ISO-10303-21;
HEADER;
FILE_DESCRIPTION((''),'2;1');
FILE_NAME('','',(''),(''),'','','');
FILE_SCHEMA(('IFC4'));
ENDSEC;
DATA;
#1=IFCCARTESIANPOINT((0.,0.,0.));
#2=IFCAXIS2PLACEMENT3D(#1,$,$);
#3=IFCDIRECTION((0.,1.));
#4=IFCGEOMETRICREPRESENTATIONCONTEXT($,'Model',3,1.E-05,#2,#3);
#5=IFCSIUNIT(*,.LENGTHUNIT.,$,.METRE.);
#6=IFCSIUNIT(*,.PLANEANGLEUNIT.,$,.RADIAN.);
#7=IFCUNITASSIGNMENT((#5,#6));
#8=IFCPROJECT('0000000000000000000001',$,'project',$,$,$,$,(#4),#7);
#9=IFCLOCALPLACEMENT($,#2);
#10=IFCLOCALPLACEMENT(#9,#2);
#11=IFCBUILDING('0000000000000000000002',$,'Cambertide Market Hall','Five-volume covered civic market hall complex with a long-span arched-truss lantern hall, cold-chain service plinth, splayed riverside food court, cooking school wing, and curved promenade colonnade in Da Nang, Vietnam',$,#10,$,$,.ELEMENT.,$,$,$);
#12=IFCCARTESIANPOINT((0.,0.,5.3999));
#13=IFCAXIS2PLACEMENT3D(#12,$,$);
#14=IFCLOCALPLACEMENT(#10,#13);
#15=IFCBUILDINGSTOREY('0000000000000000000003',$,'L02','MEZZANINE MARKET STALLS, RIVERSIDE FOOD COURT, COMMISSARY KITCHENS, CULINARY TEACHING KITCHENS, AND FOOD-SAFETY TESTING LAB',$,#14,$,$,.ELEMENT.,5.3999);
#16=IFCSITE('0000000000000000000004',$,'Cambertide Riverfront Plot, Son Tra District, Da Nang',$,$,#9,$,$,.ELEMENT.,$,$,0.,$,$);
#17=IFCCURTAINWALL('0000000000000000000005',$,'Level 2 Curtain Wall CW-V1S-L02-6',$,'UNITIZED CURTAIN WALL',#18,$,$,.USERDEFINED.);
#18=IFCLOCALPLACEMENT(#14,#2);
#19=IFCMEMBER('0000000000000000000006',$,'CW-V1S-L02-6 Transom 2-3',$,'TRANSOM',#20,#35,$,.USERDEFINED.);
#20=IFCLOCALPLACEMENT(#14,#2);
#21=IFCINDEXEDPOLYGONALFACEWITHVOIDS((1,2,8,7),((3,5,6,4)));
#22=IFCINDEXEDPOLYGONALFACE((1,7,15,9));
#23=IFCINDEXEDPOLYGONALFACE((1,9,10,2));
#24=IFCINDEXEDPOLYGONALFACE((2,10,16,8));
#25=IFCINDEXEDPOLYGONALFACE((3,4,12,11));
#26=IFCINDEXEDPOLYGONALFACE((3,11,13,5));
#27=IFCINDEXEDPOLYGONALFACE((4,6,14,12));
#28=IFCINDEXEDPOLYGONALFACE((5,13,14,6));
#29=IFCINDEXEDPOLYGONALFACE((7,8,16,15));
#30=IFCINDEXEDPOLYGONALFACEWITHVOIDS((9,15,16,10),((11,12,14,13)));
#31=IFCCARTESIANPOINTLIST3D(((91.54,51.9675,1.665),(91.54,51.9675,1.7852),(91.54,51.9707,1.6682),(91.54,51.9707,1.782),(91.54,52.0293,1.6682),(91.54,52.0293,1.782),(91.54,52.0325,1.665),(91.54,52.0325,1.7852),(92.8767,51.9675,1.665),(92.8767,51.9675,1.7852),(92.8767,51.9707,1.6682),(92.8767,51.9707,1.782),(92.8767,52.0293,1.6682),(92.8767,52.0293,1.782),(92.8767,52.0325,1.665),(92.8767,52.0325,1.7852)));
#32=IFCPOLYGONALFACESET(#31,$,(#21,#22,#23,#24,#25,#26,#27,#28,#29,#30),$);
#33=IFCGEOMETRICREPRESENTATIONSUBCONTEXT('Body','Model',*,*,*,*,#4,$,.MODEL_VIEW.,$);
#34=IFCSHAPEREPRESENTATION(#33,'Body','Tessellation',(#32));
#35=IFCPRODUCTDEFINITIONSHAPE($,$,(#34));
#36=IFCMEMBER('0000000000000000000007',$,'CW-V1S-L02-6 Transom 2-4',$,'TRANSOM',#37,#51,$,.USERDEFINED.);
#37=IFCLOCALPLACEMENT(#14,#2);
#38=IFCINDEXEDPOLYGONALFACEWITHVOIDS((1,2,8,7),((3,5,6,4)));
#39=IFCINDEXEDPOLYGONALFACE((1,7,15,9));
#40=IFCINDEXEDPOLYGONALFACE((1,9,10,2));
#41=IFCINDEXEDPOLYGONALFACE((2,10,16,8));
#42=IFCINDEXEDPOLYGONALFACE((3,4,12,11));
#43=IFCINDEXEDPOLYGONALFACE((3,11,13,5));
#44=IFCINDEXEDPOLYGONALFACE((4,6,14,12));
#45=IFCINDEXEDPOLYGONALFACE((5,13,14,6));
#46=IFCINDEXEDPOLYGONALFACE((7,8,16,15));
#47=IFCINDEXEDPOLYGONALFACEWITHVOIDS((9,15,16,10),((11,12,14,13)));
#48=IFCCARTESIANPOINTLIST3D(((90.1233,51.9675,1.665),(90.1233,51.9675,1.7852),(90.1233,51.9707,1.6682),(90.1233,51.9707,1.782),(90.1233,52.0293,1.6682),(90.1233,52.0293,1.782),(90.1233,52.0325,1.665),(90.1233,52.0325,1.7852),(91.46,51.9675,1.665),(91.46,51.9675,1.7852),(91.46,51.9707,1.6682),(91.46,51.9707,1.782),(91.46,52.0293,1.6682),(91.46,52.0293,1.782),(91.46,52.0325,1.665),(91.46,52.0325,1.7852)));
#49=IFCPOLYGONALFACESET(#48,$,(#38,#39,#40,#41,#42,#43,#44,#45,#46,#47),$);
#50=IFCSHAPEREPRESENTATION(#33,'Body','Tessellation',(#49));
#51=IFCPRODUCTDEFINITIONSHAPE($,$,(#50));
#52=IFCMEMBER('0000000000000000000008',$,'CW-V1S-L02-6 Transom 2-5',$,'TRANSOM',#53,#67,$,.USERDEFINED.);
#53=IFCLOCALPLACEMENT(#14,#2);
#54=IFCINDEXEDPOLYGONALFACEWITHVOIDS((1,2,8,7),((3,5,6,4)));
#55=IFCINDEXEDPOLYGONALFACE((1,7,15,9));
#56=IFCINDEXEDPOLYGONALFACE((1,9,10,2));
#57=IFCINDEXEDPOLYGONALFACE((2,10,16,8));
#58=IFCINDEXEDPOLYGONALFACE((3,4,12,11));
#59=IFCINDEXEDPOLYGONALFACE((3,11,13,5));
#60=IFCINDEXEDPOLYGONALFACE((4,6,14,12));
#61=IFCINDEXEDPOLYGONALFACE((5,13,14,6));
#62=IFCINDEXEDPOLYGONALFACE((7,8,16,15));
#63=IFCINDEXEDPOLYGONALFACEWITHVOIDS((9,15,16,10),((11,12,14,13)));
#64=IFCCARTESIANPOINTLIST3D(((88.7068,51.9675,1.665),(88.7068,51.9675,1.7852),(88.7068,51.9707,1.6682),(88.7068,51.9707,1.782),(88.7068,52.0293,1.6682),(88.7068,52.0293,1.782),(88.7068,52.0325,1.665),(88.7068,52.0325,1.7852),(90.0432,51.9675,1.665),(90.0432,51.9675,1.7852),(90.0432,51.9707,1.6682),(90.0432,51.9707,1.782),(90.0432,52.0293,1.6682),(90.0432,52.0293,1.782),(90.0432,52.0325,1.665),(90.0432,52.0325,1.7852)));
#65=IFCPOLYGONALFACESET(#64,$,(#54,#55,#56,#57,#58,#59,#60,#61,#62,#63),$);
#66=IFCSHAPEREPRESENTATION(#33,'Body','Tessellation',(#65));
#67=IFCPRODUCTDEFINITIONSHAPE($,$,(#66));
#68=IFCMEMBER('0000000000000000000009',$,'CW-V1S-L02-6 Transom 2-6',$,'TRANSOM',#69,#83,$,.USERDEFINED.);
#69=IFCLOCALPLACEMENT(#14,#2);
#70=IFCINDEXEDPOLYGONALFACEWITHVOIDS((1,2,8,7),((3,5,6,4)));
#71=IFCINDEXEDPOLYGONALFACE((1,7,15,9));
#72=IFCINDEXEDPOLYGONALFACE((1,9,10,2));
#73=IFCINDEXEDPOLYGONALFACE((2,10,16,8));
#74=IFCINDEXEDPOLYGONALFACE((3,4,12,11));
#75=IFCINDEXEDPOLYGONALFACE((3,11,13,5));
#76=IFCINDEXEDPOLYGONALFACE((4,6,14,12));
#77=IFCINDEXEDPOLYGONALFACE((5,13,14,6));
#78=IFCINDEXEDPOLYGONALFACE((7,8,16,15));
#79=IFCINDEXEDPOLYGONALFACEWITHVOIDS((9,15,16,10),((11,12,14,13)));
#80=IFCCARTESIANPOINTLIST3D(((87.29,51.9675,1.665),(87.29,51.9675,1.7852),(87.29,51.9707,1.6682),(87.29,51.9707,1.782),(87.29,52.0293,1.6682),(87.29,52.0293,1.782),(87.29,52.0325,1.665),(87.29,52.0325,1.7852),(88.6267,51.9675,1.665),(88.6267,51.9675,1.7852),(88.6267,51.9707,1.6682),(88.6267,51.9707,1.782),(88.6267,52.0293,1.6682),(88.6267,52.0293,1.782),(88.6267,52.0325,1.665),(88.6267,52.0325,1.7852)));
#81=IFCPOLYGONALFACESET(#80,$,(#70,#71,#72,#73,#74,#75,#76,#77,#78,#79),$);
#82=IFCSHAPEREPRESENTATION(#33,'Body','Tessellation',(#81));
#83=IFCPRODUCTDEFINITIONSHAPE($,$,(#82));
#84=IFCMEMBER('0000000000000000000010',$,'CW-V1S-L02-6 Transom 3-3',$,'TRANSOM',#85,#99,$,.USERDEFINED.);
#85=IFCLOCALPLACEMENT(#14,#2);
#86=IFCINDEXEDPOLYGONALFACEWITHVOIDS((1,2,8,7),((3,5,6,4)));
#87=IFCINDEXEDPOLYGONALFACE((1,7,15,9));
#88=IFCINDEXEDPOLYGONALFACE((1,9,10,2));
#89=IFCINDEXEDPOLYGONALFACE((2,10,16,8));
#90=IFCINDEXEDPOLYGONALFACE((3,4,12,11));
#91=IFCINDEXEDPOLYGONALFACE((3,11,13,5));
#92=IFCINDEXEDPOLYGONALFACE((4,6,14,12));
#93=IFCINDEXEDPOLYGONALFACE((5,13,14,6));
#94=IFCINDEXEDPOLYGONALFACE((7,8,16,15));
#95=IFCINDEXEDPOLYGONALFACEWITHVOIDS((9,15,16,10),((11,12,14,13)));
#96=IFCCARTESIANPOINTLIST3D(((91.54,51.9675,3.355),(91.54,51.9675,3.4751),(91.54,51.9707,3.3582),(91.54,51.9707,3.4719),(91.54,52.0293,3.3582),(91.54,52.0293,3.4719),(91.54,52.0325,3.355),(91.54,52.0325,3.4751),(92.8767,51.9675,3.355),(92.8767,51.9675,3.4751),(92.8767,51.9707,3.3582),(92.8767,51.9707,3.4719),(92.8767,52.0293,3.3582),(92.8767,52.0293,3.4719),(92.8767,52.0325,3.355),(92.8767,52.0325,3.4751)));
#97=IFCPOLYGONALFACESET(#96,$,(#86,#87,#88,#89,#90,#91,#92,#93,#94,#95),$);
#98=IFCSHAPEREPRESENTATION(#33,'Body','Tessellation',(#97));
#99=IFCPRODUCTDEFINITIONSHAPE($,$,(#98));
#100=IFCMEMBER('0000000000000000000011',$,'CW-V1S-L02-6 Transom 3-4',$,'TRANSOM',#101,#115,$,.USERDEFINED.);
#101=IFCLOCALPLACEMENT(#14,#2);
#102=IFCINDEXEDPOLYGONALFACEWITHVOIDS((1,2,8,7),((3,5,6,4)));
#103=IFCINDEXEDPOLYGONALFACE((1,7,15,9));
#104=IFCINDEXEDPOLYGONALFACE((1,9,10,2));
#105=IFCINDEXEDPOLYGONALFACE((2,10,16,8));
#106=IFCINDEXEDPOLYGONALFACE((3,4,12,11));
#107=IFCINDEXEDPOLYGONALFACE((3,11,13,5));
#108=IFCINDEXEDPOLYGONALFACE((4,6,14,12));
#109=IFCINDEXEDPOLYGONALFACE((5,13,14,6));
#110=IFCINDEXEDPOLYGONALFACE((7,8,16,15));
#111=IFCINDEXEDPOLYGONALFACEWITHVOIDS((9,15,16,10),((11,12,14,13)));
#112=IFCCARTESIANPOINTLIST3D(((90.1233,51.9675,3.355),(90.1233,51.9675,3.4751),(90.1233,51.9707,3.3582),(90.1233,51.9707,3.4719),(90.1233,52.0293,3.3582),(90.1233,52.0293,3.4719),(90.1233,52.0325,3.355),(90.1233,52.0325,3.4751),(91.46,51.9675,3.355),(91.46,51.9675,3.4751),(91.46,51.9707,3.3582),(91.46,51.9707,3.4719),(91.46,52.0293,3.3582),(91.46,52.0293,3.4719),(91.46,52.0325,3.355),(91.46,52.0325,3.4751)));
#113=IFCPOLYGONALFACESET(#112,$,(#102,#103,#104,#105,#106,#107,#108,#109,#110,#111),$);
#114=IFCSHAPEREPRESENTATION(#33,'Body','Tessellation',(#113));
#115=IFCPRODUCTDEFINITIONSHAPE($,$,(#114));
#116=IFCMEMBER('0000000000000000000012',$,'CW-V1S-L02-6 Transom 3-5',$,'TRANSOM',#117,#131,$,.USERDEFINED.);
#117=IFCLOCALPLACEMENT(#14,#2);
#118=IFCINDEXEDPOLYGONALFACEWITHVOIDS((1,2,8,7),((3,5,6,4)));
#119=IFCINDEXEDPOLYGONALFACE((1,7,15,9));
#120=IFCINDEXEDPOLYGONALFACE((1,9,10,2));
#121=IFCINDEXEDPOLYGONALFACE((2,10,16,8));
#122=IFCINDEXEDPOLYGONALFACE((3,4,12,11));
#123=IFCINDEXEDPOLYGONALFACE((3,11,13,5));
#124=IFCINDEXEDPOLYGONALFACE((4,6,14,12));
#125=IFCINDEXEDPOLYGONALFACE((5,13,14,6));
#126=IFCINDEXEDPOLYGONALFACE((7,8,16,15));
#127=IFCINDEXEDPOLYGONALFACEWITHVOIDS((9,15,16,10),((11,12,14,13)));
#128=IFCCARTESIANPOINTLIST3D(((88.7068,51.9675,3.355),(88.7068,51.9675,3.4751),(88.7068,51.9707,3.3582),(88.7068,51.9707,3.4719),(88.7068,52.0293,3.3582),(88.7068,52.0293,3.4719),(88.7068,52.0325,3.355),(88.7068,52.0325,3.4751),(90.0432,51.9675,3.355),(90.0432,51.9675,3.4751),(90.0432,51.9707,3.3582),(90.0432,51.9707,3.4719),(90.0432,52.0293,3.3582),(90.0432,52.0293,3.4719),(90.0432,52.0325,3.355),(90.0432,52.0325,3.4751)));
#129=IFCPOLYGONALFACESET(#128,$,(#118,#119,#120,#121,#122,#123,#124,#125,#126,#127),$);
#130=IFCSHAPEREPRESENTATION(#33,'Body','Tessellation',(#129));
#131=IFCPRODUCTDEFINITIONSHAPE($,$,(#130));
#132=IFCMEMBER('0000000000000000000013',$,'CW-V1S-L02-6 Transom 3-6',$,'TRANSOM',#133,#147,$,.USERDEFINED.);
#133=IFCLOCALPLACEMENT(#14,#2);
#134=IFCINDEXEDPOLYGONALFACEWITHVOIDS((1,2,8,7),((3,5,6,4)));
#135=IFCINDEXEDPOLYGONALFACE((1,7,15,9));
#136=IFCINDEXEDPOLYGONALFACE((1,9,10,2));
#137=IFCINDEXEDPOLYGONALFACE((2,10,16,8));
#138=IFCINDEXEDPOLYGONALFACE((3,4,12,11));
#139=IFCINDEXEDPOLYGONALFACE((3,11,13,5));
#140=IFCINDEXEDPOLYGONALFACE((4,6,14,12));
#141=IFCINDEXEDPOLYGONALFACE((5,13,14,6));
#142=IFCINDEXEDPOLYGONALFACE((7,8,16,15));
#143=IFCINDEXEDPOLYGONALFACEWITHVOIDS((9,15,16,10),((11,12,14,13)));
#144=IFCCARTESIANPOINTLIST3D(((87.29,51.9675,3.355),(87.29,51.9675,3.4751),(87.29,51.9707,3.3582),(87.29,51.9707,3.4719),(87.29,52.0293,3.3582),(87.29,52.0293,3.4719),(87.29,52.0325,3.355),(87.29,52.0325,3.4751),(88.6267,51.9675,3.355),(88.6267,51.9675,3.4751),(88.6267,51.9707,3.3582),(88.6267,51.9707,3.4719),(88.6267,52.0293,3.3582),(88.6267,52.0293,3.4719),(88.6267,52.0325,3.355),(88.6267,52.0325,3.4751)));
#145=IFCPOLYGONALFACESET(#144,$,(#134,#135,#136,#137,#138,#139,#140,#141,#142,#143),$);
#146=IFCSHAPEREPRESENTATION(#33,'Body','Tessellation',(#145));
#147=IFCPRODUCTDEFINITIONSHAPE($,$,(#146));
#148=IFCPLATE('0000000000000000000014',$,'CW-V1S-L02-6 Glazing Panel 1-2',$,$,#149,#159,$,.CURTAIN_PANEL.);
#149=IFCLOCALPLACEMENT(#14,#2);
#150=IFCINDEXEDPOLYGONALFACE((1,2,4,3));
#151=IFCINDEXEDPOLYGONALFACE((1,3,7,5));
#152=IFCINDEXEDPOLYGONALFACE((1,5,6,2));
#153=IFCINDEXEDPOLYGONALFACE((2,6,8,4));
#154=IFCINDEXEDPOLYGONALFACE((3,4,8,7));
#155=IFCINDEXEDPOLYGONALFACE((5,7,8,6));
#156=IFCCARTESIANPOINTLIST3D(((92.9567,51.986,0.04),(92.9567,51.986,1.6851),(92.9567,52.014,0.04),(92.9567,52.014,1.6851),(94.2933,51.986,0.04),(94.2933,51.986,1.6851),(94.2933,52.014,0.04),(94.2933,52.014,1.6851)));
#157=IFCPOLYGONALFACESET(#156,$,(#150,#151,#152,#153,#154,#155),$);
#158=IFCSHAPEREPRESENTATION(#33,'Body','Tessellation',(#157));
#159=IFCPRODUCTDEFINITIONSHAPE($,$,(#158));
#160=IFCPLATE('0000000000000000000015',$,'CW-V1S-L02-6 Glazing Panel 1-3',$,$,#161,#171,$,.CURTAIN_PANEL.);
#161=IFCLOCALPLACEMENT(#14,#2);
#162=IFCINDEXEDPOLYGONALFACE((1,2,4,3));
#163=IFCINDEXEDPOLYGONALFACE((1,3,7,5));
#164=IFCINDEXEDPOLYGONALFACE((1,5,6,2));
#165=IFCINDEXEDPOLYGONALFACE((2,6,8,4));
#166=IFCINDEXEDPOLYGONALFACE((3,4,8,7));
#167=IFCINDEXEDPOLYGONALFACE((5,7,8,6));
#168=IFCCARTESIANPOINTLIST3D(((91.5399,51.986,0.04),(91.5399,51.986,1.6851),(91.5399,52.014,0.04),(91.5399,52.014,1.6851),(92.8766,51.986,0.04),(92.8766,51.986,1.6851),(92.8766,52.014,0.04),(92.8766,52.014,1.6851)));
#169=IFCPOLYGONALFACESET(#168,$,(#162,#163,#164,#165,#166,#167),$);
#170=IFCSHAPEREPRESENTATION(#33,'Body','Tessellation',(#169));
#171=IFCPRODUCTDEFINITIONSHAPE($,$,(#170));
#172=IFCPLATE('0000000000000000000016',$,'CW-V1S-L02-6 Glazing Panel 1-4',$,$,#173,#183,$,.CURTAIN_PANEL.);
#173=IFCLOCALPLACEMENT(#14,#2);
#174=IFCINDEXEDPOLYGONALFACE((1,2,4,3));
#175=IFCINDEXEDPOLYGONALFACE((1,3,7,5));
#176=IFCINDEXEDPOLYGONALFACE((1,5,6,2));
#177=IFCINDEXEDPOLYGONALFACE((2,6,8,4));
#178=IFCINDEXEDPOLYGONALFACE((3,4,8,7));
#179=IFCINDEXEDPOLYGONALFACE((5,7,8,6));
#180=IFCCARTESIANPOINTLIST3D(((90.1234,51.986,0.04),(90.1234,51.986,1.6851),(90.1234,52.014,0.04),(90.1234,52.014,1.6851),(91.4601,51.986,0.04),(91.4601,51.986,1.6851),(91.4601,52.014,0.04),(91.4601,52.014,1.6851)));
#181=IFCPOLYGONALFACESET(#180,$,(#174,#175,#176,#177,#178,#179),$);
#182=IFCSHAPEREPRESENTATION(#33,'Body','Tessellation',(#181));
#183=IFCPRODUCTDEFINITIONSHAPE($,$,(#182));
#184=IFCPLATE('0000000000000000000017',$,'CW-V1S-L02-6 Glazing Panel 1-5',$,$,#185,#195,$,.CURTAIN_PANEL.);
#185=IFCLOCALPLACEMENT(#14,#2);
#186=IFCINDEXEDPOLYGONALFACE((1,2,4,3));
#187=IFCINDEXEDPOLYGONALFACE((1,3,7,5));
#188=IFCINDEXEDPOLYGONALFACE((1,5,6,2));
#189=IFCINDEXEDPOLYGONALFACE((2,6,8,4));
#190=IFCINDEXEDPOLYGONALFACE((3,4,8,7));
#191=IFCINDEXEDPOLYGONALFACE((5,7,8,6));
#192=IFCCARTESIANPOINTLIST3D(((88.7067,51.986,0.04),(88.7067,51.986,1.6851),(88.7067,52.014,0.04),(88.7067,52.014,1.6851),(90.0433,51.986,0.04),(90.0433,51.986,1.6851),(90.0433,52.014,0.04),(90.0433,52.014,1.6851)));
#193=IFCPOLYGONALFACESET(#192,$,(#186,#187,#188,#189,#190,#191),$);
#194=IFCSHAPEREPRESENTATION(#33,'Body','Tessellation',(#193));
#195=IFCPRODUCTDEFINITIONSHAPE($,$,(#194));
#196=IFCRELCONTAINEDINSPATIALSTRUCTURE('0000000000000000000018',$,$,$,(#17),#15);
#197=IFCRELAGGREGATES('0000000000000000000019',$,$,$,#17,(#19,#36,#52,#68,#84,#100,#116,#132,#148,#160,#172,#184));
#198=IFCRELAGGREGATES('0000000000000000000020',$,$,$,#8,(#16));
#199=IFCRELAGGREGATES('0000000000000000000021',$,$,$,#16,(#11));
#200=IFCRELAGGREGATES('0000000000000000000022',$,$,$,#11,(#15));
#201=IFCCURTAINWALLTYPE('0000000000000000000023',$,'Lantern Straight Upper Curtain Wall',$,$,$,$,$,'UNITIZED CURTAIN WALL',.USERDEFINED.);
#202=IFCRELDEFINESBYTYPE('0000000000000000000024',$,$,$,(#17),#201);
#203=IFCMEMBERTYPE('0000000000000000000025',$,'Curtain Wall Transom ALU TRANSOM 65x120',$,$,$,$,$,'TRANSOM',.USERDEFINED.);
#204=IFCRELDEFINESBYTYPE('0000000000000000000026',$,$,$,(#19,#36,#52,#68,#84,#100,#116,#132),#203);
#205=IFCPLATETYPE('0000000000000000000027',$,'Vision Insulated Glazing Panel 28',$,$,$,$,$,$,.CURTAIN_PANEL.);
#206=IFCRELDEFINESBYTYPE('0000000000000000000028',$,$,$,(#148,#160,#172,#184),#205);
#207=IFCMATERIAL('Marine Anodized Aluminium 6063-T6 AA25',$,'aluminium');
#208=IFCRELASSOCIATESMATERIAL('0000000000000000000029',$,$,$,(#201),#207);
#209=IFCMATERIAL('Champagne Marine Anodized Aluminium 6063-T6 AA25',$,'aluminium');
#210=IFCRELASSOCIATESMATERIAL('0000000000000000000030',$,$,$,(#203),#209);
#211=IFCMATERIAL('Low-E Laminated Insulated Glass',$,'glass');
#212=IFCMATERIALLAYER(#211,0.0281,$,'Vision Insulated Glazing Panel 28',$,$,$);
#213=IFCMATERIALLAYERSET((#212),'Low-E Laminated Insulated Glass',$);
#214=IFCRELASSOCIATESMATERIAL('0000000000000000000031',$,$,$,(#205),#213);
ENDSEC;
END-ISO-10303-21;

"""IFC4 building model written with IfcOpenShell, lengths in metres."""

from ifc_helpers import new_model, si_unit, direction, frame, origin, origin_2d, place, context, subcontext, project, spatial, rectangle, hollow_rectangle, extrude, material, layer, layer_set, material_profile, profile_set, type_object, element, aggregate, save


model = new_model("IFC4")

# Units and contexts
model_context = context("Model", 3, precision=1e-05, world=origin(), true_north=direction((0.0, 1.0)))
body_context = subcontext(model_context, "Body", "Model", "MODEL_VIEW")
ifc_project = project(units=[si_unit("LENGTHUNIT", "METRE"), si_unit("PLANEANGLEUNIT", "RADIAN")], contexts=[model_context])

# Site, building, storey
site_placement = place(None, origin())
site = spatial("IfcSite", under=ifc_project, at=site_placement, Name="Cambertide Riverfront Plot, Son Tra District, Da Nang", CompositionType="ELEMENT", RefElevation=0.0)
building_placement = place(site_placement, origin())
building = spatial("IfcBuilding", under=site, at=building_placement, Name="Cambertide Market Hall", Description="Five-volume covered civic market hall complex with a long-span arched-truss lantern hall, cold-chain service plinth, splayed riverside food court, cooking school wing, and curved promenade colonnade in Da Nang, Vietnam", CompositionType="ELEMENT")
storey_placement = place(building_placement, frame((0.0, 0.0, 5.3999)))
storey = spatial("IfcBuildingStorey", under=building, at=storey_placement, Name="L02", Description="MEZZANINE MARKET STALLS, RIVERSIDE FOOD COURT, COMMISSARY KITCHENS, CULINARY TEACHING KITCHENS, AND FOOD-SAFETY TESTING LAB", CompositionType="ELEMENT", Elevation=5.3999)

# Curtain wall, members, plates
ifc_material_1 = material(Name="Marine Anodized Aluminium 6063-T6 AA25", Category="aluminium")
curtain_wall_type = type_object("IfcCurtainWallType", Name="Lantern Straight Upper Curtain Wall", ElementType="UNITIZED CURTAIN WALL", PredefinedType="USERDEFINED", material=ifc_material_1)
curtain_wall_placement = place(storey_placement, origin())
curtain_wall = element("IfcCurtainWall", 1, at=curtain_wall_placement, inside=storey, type_object=curtain_wall_type, Name="Level 2 Curtain Wall CW-V1S-L02-6", ObjectType="UNITIZED CURTAIN WALL", PredefinedType="USERDEFINED")
ifc_material_2 = material(Name="Champagne Marine Anodized Aluminium 6063-T6 AA25", Category="aluminium")
ifc_material_profile_1 = material_profile(ifc_material_2, hollow_rectangle(XDim=0.0649, YDim=0.1201, WallThickness=0.0032, at=origin_2d()), Name="ALU TRANSOM 65x120")
ifc_profile_set_1 = profile_set([ifc_material_profile_1], Name="Champagne Marine Anodized Aluminium 6063-T6 AA25")
member_type_1 = type_object("IfcMemberType", Name="Curtain Wall Transom ALU TRANSOM 65x120", ElementType="TRANSOM", PredefinedType="USERDEFINED", material=ifc_profile_set_1)
member_1_placement = place(storey_placement, frame((92.8767, 52.0, 1.7251), z_axis=(-1.0, 0.0, 0.0), x_axis=(0.0, -1.0, 0.0)))
member_1 = element("IfcMember", 2, at=member_1_placement, type_object=member_type_1, Name="CW-V1S-L02-6 Transom 2-3", ObjectType="TRANSOM", PredefinedType="USERDEFINED", context=body_context, shape_type="SweptSolid", body=[
    extrude(hollow_rectangle(XDim=0.0649, YDim=0.1201, WallThickness=0.0032, at=origin_2d()), origin(), (0.0, 0.0, 1.0), 1.3367),
])
member_2_placement = place(storey_placement, frame((91.46, 52.0, 1.7251), z_axis=(-1.0, 0.0, 0.0), x_axis=(0.0, -1.0, 0.0)))
member_2 = element("IfcMember", 3, at=member_2_placement, type_object=member_type_1, Name="CW-V1S-L02-6 Transom 2-4", ObjectType="TRANSOM", PredefinedType="USERDEFINED", context=body_context, shape_type="SweptSolid", body=[
    extrude(hollow_rectangle(XDim=0.0649, YDim=0.1201, WallThickness=0.0032, at=origin_2d()), origin(), (0.0, 0.0, 1.0), 1.3367),
])
member_3_placement = place(storey_placement, frame((90.0432, 52.0, 1.7251), z_axis=(-1.0, 0.0, 0.0), x_axis=(0.0, -1.0, 0.0)))
member_3 = element("IfcMember", 4, at=member_3_placement, type_object=member_type_1, Name="CW-V1S-L02-6 Transom 2-5", ObjectType="TRANSOM", PredefinedType="USERDEFINED", context=body_context, shape_type="SweptSolid", body=[
    extrude(hollow_rectangle(XDim=0.0649, YDim=0.1201, WallThickness=0.0032, at=origin_2d()), origin(), (0.0, 0.0, 1.0), 1.3364),
])
member_4_placement = place(storey_placement, frame((88.6267, 52.0, 1.7251), z_axis=(-1.0, 0.0, 0.0), x_axis=(0.0, -1.0, 0.0)))
member_4 = element("IfcMember", 5, at=member_4_placement, type_object=member_type_1, Name="CW-V1S-L02-6 Transom 2-6", ObjectType="TRANSOM", PredefinedType="USERDEFINED", context=body_context, shape_type="SweptSolid", body=[
    extrude(hollow_rectangle(XDim=0.0649, YDim=0.1201, WallThickness=0.0032, at=origin_2d()), origin(), (0.0, 0.0, 1.0), 1.3367),
])
member_5_placement = place(storey_placement, frame((92.8767, 52.0, 3.415), z_axis=(-1.0, 0.0, 0.0), x_axis=(0.0, -1.0, 0.0)))
member_5 = element("IfcMember", 6, at=member_5_placement, type_object=member_type_1, Name="CW-V1S-L02-6 Transom 3-3", ObjectType="TRANSOM", PredefinedType="USERDEFINED", context=body_context, shape_type="SweptSolid", body=[
    extrude(hollow_rectangle(XDim=0.0649, YDim=0.1201, WallThickness=0.0032, at=origin_2d()), origin(), (0.0, 0.0, 1.0), 1.3367),
])
member_6_placement = place(storey_placement, frame((91.46, 52.0, 3.415), z_axis=(-1.0, 0.0, 0.0), x_axis=(0.0, -1.0, 0.0)))
member_6 = element("IfcMember", 7, at=member_6_placement, type_object=member_type_1, Name="CW-V1S-L02-6 Transom 3-4", ObjectType="TRANSOM", PredefinedType="USERDEFINED", context=body_context, shape_type="SweptSolid", body=[
    extrude(hollow_rectangle(XDim=0.0649, YDim=0.1201, WallThickness=0.0032, at=origin_2d()), origin(), (0.0, 0.0, 1.0), 1.3367),
])
member_7_placement = place(storey_placement, frame((90.0432, 52.0, 3.415), z_axis=(-1.0, 0.0, 0.0), x_axis=(0.0, -1.0, 0.0)))
member_7 = element("IfcMember", 8, at=member_7_placement, type_object=member_type_1, Name="CW-V1S-L02-6 Transom 3-5", ObjectType="TRANSOM", PredefinedType="USERDEFINED", context=body_context, shape_type="SweptSolid", body=[
    extrude(hollow_rectangle(XDim=0.0649, YDim=0.1201, WallThickness=0.0032, at=origin_2d()), origin(), (0.0, 0.0, 1.0), 1.3364),
])
member_8_placement = place(storey_placement, frame((88.6267, 52.0, 3.415), z_axis=(-1.0, 0.0, 0.0), x_axis=(0.0, -1.0, 0.0)))
member_8 = element("IfcMember", 9, at=member_8_placement, type_object=member_type_1, Name="CW-V1S-L02-6 Transom 3-6", ObjectType="TRANSOM", PredefinedType="USERDEFINED", context=body_context, shape_type="SweptSolid", body=[
    extrude(hollow_rectangle(XDim=0.0649, YDim=0.1201, WallThickness=0.0032, at=origin_2d()), origin(), (0.0, 0.0, 1.0), 1.3367),
])
ifc_material_3 = material(Name="Low-E Laminated Insulated Glass", Category="glass")
ifc_layer = layer(ifc_material_3, 0.0281, Name="Vision Insulated Glazing Panel 28")
ifc_layer_set = layer_set([ifc_layer], Name="Low-E Laminated Insulated Glass")
plate_type = type_object("IfcPlateType", Name="Vision Insulated Glazing Panel 28", PredefinedType="CURTAIN_PANEL", material=ifc_layer_set)
plate_1_placement = place(storey_placement, frame((93.625, 52.0, 0.04), z_axis=(0.0, 0.0, 1.0), x_axis=(-1.0, 0.0, 0.0)))
plate_1 = element("IfcPlate", 10, at=plate_1_placement, type_object=plate_type, Name="CW-V1S-L02-6 Glazing Panel 1-2", PredefinedType="CURTAIN_PANEL", context=body_context, shape_type="SweptSolid", body=[
    extrude(rectangle(XDim=1.3367, YDim=0.0281, at=origin_2d()), origin(), (0.0, 0.0, 1.0), 1.645),
])
plate_2_placement = place(storey_placement, frame((92.2083, 52.0, 0.04), z_axis=(0.0, 0.0, 1.0), x_axis=(-1.0, 0.0, 0.0)))
plate_2 = element("IfcPlate", 11, at=plate_2_placement, type_object=plate_type, Name="CW-V1S-L02-6 Glazing Panel 1-3", PredefinedType="CURTAIN_PANEL", context=body_context, shape_type="SweptSolid", body=[
    extrude(rectangle(XDim=1.3367, YDim=0.0281, at=origin_2d()), origin(), (0.0, 0.0, 1.0), 1.645),
])
plate_3_placement = place(storey_placement, frame((90.7917, 52.0, 0.04), z_axis=(0.0, 0.0, 1.0), x_axis=(-1.0, 0.0, 0.0)))
plate_3 = element("IfcPlate", 12, at=plate_3_placement, type_object=plate_type, Name="CW-V1S-L02-6 Glazing Panel 1-4", PredefinedType="CURTAIN_PANEL", context=body_context, shape_type="SweptSolid", body=[
    extrude(rectangle(XDim=1.3367, YDim=0.0281, at=origin_2d()), origin(), (0.0, 0.0, 1.0), 1.645),
])
plate_4_placement = place(storey_placement, frame((89.375, 52.0, 0.04), z_axis=(0.0, 0.0, 1.0), x_axis=(-1.0, 0.0, 0.0)))
plate_4 = element("IfcPlate", 13, at=plate_4_placement, type_object=plate_type, Name="CW-V1S-L02-6 Glazing Panel 1-5", PredefinedType="CURTAIN_PANEL", context=body_context, shape_type="SweptSolid", body=[
    extrude(rectangle(XDim=1.3367, YDim=0.0281, at=origin_2d()), origin(), (0.0, 0.0, 1.0), 1.645),
])
aggregate(curtain_wall, [member_1, member_2, member_3, member_4, member_5, member_6, member_7, member_8, plate_1, plate_2, plate_3, plate_4])

save(model, "model.ifc")
